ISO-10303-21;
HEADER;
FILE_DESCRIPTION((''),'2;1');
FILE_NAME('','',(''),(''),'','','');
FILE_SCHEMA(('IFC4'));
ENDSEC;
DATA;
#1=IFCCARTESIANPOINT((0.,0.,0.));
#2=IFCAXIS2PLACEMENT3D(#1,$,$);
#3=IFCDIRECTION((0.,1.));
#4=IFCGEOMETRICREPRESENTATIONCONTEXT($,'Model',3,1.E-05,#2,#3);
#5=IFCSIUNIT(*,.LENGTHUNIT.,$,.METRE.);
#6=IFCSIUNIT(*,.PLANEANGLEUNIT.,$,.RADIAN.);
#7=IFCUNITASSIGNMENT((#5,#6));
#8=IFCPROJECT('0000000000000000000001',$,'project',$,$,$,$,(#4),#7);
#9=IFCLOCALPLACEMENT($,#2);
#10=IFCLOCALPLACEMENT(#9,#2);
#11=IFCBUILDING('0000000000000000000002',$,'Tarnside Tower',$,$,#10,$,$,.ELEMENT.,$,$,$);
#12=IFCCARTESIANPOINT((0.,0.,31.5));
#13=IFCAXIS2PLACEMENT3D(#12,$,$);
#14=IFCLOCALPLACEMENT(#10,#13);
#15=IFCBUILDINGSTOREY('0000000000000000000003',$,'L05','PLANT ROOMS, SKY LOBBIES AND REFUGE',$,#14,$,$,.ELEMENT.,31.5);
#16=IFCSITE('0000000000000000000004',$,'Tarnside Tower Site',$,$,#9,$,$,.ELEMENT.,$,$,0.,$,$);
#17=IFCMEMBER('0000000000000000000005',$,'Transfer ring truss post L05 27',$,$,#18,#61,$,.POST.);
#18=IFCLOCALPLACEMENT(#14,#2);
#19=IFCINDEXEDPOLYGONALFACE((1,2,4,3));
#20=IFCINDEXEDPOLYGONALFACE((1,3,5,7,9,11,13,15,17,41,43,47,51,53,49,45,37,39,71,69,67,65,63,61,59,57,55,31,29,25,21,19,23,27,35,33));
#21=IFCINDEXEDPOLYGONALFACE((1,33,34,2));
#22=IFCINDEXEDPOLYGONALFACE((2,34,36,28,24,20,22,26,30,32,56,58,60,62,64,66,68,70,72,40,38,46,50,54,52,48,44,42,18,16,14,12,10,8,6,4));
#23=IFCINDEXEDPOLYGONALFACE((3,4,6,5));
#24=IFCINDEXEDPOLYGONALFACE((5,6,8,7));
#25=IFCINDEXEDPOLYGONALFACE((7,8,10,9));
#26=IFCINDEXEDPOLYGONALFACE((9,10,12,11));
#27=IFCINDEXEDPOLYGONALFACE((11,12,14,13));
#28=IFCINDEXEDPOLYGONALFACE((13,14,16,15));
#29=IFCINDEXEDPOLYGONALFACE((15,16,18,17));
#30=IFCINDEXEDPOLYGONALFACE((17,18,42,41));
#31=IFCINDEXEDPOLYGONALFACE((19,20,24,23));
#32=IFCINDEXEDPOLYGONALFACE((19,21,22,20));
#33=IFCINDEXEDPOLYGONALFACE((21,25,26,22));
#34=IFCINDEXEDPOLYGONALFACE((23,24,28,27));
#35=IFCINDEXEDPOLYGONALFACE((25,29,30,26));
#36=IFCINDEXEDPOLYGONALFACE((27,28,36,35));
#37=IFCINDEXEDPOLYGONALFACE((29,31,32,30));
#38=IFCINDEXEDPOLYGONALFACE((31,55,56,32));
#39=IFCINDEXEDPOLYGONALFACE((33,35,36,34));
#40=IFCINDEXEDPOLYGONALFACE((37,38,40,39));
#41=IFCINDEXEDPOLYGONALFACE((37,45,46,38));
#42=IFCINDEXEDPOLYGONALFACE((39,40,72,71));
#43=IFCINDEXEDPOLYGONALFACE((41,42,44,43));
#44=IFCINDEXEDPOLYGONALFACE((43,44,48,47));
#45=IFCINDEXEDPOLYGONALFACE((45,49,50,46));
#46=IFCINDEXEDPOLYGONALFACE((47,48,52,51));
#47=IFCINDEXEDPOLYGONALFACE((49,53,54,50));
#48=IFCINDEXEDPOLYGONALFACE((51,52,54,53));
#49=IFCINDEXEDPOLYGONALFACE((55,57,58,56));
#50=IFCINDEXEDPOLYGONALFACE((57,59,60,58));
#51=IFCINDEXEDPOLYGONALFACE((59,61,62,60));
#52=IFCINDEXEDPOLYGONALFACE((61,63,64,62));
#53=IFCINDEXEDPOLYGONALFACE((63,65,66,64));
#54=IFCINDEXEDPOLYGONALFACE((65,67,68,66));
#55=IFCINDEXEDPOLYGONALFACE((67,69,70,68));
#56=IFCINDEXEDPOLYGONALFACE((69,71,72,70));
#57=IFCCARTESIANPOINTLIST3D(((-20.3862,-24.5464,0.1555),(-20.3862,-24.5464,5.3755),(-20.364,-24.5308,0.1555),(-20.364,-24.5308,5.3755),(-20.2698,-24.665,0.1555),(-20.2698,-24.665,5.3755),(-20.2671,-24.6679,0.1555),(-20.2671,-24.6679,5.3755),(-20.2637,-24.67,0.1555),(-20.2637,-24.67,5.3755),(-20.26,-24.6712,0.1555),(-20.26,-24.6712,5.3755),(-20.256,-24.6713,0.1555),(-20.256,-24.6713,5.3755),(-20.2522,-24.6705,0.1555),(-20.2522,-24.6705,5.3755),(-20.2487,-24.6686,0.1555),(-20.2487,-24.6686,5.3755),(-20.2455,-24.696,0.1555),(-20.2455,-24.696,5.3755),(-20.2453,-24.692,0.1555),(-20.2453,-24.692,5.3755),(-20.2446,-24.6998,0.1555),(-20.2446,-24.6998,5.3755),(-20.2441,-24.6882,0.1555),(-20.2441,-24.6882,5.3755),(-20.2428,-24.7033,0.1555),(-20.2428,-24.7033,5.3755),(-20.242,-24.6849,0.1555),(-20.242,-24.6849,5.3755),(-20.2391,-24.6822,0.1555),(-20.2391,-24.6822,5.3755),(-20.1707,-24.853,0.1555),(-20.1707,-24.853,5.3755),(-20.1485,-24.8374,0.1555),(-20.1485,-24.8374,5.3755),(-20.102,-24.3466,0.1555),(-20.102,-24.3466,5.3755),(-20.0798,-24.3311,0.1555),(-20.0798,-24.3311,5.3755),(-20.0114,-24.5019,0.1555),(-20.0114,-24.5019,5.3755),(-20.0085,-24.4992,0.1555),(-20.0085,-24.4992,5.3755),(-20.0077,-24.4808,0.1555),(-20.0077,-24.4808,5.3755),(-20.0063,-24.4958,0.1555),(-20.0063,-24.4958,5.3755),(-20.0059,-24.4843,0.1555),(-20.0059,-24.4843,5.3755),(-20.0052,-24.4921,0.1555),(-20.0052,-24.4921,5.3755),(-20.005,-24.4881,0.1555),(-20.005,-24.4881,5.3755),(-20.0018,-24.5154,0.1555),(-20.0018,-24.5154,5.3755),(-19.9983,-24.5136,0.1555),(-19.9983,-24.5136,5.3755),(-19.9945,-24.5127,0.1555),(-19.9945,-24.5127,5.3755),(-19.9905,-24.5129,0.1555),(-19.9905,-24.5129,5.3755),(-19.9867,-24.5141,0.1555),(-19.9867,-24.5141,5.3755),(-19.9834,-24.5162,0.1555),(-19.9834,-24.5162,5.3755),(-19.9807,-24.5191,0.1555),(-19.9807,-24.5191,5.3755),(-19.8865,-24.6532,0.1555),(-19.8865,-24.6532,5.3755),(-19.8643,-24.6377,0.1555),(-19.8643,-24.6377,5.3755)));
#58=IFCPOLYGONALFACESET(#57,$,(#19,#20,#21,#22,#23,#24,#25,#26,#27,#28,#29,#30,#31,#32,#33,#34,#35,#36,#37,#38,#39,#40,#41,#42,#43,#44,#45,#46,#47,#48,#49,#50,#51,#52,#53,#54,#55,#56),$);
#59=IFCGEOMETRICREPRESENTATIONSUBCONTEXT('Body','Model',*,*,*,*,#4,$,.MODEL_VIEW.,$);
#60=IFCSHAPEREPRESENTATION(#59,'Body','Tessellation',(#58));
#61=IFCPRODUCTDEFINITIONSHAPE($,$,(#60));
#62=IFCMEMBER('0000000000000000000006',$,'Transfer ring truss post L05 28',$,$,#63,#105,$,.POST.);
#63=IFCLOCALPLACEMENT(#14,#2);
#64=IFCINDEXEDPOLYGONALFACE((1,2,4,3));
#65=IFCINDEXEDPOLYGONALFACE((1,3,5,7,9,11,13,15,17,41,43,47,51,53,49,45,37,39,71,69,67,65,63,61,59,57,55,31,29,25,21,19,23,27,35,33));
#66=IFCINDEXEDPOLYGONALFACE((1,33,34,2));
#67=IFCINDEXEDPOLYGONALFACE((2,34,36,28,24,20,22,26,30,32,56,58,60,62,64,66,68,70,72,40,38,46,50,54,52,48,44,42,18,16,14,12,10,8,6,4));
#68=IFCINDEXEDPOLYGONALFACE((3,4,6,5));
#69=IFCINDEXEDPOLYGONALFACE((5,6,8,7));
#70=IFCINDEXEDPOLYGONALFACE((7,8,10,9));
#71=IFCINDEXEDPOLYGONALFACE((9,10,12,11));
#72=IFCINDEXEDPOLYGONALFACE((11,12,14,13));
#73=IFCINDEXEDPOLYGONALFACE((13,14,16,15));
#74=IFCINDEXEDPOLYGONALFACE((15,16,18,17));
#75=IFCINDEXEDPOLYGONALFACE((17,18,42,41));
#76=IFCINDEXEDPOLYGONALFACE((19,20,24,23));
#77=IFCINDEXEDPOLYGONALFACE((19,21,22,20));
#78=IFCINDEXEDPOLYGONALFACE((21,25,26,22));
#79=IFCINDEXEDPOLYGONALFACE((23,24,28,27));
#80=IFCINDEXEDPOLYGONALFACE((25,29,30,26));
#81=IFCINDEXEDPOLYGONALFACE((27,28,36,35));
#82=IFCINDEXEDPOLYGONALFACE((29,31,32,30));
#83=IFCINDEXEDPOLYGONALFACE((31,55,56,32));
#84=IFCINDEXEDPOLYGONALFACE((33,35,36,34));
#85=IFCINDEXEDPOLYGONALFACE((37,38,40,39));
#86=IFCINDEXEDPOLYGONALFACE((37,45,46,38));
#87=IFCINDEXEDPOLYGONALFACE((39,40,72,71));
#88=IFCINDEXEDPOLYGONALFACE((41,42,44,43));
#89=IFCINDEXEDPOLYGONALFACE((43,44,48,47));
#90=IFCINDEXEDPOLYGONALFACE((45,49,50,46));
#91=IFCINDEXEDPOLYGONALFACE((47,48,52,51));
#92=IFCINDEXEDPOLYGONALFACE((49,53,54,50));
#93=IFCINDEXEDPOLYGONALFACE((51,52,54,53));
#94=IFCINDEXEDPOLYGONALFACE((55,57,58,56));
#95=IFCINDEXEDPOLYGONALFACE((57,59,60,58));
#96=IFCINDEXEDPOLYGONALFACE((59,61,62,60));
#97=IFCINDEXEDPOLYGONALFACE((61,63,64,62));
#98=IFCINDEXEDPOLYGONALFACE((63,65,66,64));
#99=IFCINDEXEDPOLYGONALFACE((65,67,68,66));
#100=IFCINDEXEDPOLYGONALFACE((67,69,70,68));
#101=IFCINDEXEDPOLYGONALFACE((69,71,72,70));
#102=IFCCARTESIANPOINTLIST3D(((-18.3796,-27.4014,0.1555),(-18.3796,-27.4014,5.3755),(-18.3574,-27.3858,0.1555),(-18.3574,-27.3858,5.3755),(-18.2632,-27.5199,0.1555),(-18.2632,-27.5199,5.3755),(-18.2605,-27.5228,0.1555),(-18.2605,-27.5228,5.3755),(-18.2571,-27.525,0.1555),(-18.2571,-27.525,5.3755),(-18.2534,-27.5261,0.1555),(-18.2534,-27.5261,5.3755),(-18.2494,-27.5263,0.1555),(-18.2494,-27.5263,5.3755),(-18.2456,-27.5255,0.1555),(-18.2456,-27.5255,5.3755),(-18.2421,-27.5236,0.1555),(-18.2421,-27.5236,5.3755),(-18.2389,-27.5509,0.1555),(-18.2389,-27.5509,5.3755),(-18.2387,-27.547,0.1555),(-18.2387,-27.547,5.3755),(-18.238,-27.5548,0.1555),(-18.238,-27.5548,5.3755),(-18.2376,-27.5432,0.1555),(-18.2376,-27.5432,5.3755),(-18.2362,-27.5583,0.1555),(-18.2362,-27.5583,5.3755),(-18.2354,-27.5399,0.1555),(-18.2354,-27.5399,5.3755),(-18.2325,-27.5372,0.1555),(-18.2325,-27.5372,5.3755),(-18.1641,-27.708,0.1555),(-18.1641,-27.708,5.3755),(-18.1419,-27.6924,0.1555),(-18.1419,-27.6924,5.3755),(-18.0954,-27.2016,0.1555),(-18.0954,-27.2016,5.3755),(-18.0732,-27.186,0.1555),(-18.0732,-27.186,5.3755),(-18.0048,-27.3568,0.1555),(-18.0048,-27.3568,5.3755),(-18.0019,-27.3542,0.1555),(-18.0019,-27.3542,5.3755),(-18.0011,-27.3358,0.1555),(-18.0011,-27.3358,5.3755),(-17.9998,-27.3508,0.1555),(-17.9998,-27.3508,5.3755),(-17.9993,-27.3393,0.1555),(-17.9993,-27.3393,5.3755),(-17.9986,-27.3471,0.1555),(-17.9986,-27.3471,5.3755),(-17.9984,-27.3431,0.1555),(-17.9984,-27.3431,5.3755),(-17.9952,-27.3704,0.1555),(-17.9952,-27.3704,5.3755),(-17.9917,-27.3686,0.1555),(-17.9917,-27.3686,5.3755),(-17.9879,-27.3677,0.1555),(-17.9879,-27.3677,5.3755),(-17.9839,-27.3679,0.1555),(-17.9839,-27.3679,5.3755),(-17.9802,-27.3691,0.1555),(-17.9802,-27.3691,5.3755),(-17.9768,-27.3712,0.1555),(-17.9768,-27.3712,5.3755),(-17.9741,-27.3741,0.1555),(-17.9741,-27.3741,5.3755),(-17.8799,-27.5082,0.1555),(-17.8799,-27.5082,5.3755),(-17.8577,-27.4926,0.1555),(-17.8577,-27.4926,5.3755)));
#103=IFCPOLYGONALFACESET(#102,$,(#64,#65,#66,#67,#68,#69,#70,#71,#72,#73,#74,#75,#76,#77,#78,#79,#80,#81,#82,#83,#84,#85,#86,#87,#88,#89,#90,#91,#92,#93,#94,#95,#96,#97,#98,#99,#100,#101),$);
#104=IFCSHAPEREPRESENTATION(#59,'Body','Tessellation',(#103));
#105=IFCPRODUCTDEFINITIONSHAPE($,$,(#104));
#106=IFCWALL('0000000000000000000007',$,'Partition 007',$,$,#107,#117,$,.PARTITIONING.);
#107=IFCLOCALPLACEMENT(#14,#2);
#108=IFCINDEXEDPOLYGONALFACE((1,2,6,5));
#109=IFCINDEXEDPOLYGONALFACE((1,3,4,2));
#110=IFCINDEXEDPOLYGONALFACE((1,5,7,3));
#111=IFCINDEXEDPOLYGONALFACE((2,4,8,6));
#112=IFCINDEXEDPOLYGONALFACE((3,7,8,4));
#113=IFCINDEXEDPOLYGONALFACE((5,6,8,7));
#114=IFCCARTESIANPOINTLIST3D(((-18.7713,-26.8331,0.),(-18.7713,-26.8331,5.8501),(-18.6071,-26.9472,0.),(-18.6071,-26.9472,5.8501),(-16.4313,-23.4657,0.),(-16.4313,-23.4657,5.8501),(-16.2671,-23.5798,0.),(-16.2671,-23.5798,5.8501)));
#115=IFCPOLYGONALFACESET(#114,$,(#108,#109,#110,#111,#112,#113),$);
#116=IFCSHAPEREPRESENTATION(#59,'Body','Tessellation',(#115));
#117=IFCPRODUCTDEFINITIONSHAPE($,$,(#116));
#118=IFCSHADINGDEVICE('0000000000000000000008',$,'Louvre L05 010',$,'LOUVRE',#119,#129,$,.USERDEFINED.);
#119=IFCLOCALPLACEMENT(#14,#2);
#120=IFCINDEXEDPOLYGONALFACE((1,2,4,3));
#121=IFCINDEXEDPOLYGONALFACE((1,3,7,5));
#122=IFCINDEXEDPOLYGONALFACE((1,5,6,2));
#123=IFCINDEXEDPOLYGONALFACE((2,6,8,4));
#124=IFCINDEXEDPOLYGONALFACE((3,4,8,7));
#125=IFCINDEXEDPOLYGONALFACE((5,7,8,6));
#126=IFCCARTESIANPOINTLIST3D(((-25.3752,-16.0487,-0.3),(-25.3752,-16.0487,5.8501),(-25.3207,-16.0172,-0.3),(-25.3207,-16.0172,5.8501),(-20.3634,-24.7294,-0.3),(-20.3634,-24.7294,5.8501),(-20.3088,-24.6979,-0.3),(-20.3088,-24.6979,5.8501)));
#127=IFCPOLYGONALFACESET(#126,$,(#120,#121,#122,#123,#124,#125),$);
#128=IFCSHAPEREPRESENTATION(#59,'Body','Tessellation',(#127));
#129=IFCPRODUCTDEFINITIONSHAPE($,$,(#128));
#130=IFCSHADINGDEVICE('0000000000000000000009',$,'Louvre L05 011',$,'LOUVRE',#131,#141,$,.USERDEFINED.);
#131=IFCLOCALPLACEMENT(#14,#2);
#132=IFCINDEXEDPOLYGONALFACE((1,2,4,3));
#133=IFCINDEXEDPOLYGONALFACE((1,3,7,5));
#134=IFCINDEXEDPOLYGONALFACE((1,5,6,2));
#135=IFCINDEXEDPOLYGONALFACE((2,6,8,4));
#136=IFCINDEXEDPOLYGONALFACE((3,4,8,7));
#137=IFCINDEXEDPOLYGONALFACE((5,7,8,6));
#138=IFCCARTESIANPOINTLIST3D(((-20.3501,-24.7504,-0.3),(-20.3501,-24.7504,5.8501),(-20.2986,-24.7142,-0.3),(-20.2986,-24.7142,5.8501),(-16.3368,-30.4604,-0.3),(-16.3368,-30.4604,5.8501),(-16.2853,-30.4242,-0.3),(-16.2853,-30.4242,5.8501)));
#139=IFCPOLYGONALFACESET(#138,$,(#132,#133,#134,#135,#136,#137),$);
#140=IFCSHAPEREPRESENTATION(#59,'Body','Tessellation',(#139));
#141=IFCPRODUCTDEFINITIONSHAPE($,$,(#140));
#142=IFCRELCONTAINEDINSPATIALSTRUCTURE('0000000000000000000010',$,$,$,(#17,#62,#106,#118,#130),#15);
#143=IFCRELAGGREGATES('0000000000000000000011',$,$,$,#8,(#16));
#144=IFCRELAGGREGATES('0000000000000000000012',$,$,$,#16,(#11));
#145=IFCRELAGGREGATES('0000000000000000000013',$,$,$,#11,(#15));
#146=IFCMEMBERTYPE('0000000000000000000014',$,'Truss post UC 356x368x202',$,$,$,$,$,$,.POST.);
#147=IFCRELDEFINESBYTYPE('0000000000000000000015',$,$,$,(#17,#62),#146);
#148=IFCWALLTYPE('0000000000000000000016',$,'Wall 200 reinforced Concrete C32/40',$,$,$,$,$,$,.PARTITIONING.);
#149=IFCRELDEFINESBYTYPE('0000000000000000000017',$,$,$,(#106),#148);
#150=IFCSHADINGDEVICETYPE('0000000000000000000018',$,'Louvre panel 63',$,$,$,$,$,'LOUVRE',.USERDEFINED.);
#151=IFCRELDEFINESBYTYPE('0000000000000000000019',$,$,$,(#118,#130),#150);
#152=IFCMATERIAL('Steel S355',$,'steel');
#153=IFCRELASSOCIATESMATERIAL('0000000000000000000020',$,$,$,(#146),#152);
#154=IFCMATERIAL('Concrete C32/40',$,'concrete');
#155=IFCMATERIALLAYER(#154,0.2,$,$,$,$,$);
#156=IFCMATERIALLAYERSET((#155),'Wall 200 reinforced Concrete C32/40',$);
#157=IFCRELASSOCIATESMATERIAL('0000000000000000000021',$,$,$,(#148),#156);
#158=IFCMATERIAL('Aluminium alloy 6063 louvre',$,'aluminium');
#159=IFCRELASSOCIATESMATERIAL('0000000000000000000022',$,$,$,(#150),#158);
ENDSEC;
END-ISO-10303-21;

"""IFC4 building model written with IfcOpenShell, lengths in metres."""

from ifc_helpers import new_model, si_unit, direction, frame, frame_2d, origin, origin_2d, place, context, subcontext, project, spatial, polyline, rectangle, i_section, outline, extrude, material, layer, layer_set, material_profile, profile_set, type_object, element, save


model = new_model("IFC4")

# Units and contexts
model_context = context("Model", 3, precision=1e-05, world=origin(), true_north=direction((0.0, 1.0)))
body_context = subcontext(model_context, "Body", "Model", "MODEL_VIEW")
ifc_project = project(units=[si_unit("LENGTHUNIT", "METRE"), si_unit("PLANEANGLEUNIT", "RADIAN")], contexts=[model_context])

# Site, building, storey
site_placement = place(None, origin())
site = spatial("IfcSite", under=ifc_project, at=site_placement, Name="Tarnside Tower Site", CompositionType="ELEMENT", RefElevation=0.0)
building_placement = place(site_placement, origin())
building = spatial("IfcBuilding", under=site, at=building_placement, Name="Tarnside Tower", CompositionType="ELEMENT")
storey_placement = place(building_placement, frame((0.0, 0.0, 31.5)))
storey = spatial("IfcBuildingStorey", under=building, at=storey_placement, Name="L05", Description="PLANT ROOMS, SKY LOBBIES AND REFUGE", CompositionType="ELEMENT", Elevation=31.5)

# Shared definitions
ifc_material_1 = material(Name="Steel S355", Category="steel")

# Members
ifc_material_profile_1 = material_profile(ifc_material_1, i_section(OverallWidth=0.3748, OverallDepth=0.3745, WebThickness=0.0166, FlangeThickness=0.0271, FilletRadius=0.0151, at=origin_2d()), Name="UC 356x368x202")
ifc_profile_set_1 = profile_set([ifc_material_profile_1], Name="Steel S355")
member_type_1 = type_object("IfcMemberType", Name="Truss post UC 356x368x202", PredefinedType="POST", material=ifc_profile_set_1)
for number, where, z_axis, x_axis, name in (
    (1, (-20.1252, -24.592, 0.1555), (0.0, 0.0, 1.0), (0.575027, -0.818135, 0.0), "Transfer ring truss post L05 27"),
    (2, (-18.1187, -27.447, 0.1555), (0.0, 0.0, 1.0), (0.575027, -0.818135, 0.0), "Transfer ring truss post L05 28"),
):
    element("IfcMember", number, at=place(storey_placement, frame(where, z_axis=z_axis, x_axis=x_axis)), inside=storey, type_object=member_type_1, Name=name, PredefinedType="POST", context=body_context, shape_type="SweptSolid", body=[
        extrude(i_section(OverallWidth=0.3748, OverallDepth=0.3745, WebThickness=0.0166, FlangeThickness=0.0271, FilletRadius=0.0151, at=origin_2d()), origin(), (0.0, 0.0, 1.0), 5.22),
    ])

# Wall
ifc_material_2 = material(Name="Concrete C32/40", Category="concrete")
ifc_layer = layer(ifc_material_2, 0.2)
ifc_layer_set = layer_set([ifc_layer], Name="Wall 200 reinforced Concrete C32/40")
wall_type = type_object("IfcWallType", Name="Wall 200 reinforced Concrete C32/40", PredefinedType="PARTITIONING", material=ifc_layer_set)
wall_placement = place(storey_placement, frame((-18.6892, -26.8901, 0.0), z_axis=(0.0, 0.0, 1.0), x_axis=(0.570658, 0.821188, 0.0)))
element("IfcWall", 3, at=wall_placement, inside=storey, type_object=wall_type, Name="Partition 007", PredefinedType="PARTITIONING", context=body_context, shape_type="SweptSolid", body=[
    extrude(rectangle(XDim=4.1006, YDim=0.2, at=frame_2d((2.0503, 0.0))), origin(), (0.0, 0.0, 1.0), 5.8501),
])

# Shading devices
ifc_material_3 = material(Name="Aluminium alloy 6063 louvre", Category="aluminium")
shading_device_type = type_object("IfcShadingDeviceType", Name="Louvre panel 63", ElementType="LOUVRE", PredefinedType="USERDEFINED", material=ifc_material_3)
shading_device_1_placement = place(storey_placement, frame((-22.8147, -20.3577, -0.3), z_axis=(-0.500003, 0.866024, 0.0), x_axis=(-0.866024, -0.500003, 0.0)))
element("IfcShadingDevice", 4, at=shading_device_1_placement, inside=storey, type_object=shading_device_type, Name="Louvre L05 010", ObjectType="LOUVRE", PredefinedType="USERDEFINED", context=body_context, shape_type="SweptSolid", body=[
    extrude(outline(polyline([(0.0, 0.0), (0.063, 0.0), (0.063, 6.1501), (0.0, 6.1501), (0.0, 0.0)])), frame((0.0, 0.0, -5.0117)), (0.0, 0.0, 1.0), 10.0237),
])
shading_device_2_placement = place(storey_placement, frame((-18.292, -27.5691, -0.3), z_axis=(-0.575029, 0.818133, 0.0), x_axis=(-0.818133, -0.575029, 0.0)))
element("IfcShadingDevice", 5, at=shading_device_2_placement, inside=storey, type_object=shading_device_type, Name="Louvre L05 011", ObjectType="LOUVRE", PredefinedType="USERDEFINED", context=body_context, shape_type="SweptSolid", body=[
    extrude(outline(polyline([(0.0, 0.0), (0.063, 0.0), (0.063, 6.1501), (0.0, 6.1501), (0.0, 0.0)])), frame((0.0, 0.0, -3.4897)), (0.0, 0.0, 1.0), 6.9792),
])

save(model, "model.ifc")
